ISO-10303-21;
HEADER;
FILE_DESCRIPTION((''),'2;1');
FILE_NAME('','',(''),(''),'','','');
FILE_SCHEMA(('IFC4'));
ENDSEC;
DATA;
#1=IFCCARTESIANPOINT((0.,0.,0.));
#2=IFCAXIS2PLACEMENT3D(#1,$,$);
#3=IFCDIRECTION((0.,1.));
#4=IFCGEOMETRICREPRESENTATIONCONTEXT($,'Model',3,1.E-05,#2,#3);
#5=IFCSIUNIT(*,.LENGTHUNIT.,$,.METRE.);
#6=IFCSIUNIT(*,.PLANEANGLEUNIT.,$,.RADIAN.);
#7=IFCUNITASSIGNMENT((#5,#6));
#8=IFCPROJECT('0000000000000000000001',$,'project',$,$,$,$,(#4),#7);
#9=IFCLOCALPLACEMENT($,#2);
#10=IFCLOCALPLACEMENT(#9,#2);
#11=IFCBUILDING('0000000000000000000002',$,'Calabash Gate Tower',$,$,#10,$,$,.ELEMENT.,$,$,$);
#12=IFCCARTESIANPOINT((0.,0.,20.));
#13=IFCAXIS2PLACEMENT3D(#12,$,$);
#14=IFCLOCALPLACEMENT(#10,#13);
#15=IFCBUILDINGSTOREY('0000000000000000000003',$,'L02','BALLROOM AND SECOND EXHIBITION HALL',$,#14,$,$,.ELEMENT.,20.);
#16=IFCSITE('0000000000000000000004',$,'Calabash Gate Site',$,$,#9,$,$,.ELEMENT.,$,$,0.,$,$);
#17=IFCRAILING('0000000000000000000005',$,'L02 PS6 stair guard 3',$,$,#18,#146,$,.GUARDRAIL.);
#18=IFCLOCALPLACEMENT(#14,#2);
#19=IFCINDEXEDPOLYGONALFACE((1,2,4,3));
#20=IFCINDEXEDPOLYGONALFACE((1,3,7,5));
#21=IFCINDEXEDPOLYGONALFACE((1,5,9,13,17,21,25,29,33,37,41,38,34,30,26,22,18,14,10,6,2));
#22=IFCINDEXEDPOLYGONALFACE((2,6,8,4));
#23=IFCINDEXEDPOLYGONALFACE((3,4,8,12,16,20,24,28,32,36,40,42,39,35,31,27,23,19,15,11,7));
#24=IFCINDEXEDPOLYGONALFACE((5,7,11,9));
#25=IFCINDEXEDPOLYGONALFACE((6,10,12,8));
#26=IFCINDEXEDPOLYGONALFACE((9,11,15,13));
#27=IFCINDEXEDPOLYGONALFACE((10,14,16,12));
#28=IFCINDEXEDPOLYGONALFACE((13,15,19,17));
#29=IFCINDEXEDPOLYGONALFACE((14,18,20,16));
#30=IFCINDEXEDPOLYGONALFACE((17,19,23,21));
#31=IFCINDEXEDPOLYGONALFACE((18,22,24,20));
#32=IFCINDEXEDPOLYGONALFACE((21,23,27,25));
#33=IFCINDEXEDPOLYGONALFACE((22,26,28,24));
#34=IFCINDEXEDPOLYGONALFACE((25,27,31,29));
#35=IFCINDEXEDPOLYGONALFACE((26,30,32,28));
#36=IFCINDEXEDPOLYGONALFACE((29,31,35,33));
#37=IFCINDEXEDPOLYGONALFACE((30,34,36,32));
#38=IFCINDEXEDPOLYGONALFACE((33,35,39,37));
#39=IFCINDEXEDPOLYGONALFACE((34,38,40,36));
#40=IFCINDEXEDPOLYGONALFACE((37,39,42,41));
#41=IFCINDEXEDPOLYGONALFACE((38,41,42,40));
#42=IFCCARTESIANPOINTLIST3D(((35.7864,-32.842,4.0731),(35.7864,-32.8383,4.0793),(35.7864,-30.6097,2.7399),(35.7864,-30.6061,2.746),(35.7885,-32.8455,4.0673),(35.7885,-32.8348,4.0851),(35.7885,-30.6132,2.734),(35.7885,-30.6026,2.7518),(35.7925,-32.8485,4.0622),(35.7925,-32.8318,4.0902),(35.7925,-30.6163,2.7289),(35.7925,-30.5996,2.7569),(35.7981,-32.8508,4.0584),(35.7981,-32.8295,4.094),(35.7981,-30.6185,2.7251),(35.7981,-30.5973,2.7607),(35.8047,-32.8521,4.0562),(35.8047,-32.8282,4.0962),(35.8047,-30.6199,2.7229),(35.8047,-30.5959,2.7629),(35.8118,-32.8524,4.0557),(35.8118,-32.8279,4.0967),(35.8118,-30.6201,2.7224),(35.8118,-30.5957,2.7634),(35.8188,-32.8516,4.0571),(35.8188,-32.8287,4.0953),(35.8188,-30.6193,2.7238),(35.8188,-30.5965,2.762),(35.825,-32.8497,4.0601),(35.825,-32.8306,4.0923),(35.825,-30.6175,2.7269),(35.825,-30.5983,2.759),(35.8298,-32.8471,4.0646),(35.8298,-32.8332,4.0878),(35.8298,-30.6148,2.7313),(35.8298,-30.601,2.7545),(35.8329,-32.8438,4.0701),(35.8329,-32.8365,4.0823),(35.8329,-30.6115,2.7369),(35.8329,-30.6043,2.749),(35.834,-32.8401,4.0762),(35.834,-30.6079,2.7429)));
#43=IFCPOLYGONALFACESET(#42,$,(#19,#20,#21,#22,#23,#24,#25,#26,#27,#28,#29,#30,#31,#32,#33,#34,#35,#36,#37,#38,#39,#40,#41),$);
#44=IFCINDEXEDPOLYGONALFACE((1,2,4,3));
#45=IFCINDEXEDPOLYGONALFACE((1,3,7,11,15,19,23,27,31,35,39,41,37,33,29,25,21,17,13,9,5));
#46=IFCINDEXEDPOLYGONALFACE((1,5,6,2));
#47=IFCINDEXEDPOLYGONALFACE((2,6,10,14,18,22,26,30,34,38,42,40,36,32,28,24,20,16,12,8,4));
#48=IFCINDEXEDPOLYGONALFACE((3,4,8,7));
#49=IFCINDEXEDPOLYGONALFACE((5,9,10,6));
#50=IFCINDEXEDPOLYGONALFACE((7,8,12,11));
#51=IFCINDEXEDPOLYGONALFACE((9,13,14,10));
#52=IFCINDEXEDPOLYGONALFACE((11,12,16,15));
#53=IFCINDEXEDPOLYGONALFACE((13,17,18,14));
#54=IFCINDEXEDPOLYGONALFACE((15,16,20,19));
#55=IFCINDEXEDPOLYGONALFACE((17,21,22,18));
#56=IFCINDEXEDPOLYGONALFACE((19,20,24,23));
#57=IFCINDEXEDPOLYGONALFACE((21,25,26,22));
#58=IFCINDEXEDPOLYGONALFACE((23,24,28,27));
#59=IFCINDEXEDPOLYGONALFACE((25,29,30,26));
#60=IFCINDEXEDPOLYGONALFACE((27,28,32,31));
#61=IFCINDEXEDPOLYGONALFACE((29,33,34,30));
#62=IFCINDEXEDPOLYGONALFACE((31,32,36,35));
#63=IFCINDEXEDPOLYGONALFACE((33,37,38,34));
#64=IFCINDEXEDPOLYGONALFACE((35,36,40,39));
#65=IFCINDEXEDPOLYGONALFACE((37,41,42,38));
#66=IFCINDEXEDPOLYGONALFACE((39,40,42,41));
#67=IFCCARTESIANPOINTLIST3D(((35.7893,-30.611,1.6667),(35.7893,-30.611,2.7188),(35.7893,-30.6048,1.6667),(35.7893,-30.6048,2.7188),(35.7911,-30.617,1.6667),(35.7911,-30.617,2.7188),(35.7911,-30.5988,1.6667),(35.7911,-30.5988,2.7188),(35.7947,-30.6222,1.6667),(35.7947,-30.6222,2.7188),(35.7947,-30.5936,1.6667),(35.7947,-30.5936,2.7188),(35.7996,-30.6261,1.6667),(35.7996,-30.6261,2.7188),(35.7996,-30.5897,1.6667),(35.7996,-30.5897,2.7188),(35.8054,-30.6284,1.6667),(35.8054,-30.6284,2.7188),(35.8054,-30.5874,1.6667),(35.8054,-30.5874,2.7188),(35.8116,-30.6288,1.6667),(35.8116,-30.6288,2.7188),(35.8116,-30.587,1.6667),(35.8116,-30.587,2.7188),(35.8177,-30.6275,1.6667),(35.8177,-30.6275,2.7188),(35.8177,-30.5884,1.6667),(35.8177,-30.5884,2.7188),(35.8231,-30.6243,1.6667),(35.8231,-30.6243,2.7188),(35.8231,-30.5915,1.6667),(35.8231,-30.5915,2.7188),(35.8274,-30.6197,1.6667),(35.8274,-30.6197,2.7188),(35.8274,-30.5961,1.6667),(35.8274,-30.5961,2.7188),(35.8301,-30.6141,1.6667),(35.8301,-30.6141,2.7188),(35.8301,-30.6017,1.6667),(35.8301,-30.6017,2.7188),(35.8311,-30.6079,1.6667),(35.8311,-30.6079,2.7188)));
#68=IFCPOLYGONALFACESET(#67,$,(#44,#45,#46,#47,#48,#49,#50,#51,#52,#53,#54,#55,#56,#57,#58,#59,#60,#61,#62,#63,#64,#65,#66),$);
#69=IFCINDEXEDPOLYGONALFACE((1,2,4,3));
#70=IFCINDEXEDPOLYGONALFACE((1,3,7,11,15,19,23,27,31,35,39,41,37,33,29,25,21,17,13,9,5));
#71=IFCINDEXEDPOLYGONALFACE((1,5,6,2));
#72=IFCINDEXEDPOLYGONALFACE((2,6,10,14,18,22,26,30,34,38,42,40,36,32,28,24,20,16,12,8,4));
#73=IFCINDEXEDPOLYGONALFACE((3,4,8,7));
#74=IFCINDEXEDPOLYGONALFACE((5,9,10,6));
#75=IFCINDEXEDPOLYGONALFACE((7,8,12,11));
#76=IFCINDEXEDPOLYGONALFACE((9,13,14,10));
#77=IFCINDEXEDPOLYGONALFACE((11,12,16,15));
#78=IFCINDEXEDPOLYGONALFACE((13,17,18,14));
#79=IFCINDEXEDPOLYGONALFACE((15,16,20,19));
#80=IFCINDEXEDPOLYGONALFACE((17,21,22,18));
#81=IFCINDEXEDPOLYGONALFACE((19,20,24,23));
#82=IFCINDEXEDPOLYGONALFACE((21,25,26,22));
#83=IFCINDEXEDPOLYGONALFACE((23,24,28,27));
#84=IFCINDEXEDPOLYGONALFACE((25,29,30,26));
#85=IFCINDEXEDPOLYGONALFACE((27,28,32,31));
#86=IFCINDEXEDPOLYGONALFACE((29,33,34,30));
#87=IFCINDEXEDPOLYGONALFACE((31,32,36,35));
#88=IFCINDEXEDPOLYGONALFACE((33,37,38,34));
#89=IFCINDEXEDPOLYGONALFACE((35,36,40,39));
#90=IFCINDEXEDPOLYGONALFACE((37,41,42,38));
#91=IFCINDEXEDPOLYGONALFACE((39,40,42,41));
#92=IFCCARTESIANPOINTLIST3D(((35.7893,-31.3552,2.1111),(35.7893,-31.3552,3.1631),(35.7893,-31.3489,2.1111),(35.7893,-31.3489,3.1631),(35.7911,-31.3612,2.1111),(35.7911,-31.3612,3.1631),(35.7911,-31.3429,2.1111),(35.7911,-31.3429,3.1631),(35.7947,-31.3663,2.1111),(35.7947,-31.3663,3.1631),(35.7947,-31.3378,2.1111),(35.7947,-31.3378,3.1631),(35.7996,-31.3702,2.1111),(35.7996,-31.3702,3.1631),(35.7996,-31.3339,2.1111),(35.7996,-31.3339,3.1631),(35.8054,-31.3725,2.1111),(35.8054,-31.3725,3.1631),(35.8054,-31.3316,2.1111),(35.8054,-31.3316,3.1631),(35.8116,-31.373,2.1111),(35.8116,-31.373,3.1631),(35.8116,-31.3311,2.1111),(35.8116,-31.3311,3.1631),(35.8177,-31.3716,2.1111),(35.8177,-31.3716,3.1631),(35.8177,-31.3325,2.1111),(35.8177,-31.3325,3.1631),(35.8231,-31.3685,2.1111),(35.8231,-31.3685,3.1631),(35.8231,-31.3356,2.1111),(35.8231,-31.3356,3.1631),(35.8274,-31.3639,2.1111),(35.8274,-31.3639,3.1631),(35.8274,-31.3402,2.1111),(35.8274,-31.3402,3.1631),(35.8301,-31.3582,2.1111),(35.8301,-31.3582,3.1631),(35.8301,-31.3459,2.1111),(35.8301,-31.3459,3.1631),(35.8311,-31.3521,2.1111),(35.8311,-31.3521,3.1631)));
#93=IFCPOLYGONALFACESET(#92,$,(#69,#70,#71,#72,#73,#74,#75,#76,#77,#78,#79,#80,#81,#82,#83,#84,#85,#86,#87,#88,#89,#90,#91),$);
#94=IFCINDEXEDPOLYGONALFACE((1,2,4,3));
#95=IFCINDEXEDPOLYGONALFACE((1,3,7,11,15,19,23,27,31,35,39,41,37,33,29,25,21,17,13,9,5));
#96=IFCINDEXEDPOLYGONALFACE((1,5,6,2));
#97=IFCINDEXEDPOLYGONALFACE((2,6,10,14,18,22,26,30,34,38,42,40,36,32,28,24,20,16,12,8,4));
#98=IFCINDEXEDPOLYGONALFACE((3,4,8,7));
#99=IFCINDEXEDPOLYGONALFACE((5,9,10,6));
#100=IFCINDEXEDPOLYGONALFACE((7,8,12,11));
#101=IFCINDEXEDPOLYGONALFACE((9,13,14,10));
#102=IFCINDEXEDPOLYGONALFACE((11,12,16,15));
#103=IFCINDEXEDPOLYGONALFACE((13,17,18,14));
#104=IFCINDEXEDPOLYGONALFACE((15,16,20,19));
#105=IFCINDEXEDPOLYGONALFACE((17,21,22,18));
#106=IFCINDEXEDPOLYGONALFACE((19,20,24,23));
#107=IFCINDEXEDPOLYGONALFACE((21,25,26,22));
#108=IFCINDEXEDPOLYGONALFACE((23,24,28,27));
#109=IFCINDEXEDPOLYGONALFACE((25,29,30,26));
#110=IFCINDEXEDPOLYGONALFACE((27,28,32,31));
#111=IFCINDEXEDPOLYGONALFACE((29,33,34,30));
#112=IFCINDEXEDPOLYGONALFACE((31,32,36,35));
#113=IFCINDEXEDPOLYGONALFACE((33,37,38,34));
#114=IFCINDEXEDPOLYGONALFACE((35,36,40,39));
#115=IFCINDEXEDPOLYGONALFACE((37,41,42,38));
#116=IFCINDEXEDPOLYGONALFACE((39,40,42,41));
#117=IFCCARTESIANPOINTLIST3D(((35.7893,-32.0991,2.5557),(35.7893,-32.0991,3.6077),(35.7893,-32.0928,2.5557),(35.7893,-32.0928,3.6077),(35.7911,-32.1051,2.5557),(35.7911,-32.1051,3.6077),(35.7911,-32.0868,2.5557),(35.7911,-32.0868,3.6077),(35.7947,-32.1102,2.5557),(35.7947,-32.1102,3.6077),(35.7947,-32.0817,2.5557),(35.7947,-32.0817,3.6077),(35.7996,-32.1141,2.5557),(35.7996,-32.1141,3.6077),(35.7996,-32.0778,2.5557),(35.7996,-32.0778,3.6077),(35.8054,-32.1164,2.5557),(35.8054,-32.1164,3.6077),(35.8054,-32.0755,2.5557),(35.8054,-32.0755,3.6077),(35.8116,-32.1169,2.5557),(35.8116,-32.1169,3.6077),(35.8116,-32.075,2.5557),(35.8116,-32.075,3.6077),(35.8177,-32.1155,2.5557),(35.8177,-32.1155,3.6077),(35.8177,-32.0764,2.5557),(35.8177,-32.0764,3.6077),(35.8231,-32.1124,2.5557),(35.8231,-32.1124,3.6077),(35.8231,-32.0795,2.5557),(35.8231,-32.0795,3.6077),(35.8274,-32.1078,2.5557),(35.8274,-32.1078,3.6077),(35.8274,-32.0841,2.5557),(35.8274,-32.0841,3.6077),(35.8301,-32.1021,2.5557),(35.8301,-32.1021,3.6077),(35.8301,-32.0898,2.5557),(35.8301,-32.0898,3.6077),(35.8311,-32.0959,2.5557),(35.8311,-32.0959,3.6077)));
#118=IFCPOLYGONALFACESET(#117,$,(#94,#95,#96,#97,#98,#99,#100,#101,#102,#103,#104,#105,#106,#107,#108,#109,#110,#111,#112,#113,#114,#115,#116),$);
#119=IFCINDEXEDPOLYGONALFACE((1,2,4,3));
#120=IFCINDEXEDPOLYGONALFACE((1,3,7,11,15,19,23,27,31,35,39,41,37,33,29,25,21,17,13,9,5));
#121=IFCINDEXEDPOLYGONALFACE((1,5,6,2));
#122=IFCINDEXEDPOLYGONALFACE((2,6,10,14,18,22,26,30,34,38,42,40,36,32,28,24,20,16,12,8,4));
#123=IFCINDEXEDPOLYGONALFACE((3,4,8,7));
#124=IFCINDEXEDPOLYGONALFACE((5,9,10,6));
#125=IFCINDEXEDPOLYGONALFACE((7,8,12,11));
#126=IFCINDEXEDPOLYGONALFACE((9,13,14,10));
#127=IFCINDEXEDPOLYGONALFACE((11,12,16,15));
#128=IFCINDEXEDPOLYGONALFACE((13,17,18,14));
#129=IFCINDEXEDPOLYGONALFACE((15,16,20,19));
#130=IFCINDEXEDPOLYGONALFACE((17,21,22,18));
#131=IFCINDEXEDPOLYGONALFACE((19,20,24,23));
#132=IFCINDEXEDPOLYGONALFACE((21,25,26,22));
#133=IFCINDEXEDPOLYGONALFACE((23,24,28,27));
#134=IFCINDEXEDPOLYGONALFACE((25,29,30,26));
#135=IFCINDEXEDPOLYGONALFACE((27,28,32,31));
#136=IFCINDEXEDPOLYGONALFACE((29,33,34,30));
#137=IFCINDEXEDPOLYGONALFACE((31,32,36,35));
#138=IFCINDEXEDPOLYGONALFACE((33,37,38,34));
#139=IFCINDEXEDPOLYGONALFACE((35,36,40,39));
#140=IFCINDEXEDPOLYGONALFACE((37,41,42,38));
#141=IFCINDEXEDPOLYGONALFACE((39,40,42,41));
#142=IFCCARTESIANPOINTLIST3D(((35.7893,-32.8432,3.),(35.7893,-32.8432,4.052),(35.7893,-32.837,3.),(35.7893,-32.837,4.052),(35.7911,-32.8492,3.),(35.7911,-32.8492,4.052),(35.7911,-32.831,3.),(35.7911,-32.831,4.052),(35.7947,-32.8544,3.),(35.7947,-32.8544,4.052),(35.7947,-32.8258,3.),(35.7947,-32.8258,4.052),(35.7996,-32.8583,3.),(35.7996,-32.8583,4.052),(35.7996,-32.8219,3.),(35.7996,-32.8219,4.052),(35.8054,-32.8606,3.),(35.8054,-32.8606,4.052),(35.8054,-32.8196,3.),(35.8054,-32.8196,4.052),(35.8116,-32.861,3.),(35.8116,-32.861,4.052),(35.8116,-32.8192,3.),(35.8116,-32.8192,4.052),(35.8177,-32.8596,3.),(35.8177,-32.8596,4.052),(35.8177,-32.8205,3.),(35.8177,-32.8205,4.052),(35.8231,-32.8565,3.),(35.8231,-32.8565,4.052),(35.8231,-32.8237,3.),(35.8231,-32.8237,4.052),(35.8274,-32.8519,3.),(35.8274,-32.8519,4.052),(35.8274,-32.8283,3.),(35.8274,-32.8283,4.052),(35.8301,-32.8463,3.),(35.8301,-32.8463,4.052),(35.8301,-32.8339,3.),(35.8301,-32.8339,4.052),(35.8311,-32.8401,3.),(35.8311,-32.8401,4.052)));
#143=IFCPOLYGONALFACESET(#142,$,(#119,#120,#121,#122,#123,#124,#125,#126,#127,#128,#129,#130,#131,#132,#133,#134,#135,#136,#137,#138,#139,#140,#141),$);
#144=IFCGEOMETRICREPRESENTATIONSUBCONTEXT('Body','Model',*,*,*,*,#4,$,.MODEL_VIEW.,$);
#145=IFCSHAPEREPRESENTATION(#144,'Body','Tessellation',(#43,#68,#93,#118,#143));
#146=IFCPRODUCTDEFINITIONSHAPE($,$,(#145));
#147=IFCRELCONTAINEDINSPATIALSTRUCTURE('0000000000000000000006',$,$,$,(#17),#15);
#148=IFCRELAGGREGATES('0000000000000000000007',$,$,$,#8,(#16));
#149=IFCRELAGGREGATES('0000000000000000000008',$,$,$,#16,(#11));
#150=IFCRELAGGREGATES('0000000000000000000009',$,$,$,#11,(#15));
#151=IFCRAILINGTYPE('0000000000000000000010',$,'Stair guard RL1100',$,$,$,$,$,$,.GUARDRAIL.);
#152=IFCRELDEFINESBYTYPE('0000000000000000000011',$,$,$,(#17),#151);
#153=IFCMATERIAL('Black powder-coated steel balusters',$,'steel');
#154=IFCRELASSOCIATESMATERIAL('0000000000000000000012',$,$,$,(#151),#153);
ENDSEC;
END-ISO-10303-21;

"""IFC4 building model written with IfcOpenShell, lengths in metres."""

from ifc_helpers import new_model, si_unit, direction, frame, origin, origin_2d, place, context, subcontext, project, spatial, circle, extrude, material, type_object, element, save


model = new_model("IFC4")

# Units and contexts
model_context = context("Model", 3, precision=1e-05, world=origin(), true_north=direction((0.0, 1.0)))
body_context = subcontext(model_context, "Body", "Model", "MODEL_VIEW")
ifc_project = project(units=[si_unit("LENGTHUNIT", "METRE"), si_unit("PLANEANGLEUNIT", "RADIAN")], contexts=[model_context])

# Site, building, storey
site_placement = place(None, origin())
site = spatial("IfcSite", under=ifc_project, at=site_placement, Name="Calabash Gate Site", CompositionType="ELEMENT", RefElevation=0.0)
building_placement = place(site_placement, origin())
building = spatial("IfcBuilding", under=site, at=building_placement, Name="Calabash Gate Tower", CompositionType="ELEMENT")
storey_placement = place(building_placement, frame((0.0, 0.0, 20.0)))
storey = spatial("IfcBuildingStorey", under=building, at=storey_placement, Name="L02", Description="BALLROOM AND SECOND EXHIBITION HALL", CompositionType="ELEMENT", Elevation=20.0)

# Railing
ifc_material_1 = material(Name="Black powder-coated steel balusters", Category="steel")
railing_type_1 = type_object("IfcRailingType", Name="Stair guard RL1100", PredefinedType="GUARDRAIL", material=ifc_material_1)
railing_placement = place(storey_placement, frame((35.8101, -30.6079, 1.6667)))
element("IfcRailing", 1, at=railing_placement, inside=storey, type_object=railing_type_1, Name="L02 PS6 stair guard 3", PredefinedType="GUARDRAIL", context=body_context, shape_type="SweptSolid", body=[
    extrude(circle(Radius=0.0239, at=origin_2d()), frame((0.0, 0.0, 1.0762), z_axis=(0.0, -0.858519, 0.512782), x_axis=(1.0, 0.0, 0.0)), (0.0, 0.0, 1.0), 2.6001),
    extrude(circle(Radius=0.021, at=origin_2d()), origin(), (0.0, 0.0, 1.0), 1.052),
    extrude(circle(Radius=0.021, at=origin_2d()), frame((0.0, -0.7441, 0.4443)), (0.0, 0.0, 1.0), 1.052),
    extrude(circle(Radius=0.021, at=origin_2d()), frame((0.0, -1.488, 0.8889)), (0.0, 0.0, 1.0), 1.052),
    extrude(circle(Radius=0.021, at=origin_2d()), frame((0.0, -2.2322, 1.3333)), (0.0, 0.0, 1.0), 1.052),
])

save(model, "model.ifc")
